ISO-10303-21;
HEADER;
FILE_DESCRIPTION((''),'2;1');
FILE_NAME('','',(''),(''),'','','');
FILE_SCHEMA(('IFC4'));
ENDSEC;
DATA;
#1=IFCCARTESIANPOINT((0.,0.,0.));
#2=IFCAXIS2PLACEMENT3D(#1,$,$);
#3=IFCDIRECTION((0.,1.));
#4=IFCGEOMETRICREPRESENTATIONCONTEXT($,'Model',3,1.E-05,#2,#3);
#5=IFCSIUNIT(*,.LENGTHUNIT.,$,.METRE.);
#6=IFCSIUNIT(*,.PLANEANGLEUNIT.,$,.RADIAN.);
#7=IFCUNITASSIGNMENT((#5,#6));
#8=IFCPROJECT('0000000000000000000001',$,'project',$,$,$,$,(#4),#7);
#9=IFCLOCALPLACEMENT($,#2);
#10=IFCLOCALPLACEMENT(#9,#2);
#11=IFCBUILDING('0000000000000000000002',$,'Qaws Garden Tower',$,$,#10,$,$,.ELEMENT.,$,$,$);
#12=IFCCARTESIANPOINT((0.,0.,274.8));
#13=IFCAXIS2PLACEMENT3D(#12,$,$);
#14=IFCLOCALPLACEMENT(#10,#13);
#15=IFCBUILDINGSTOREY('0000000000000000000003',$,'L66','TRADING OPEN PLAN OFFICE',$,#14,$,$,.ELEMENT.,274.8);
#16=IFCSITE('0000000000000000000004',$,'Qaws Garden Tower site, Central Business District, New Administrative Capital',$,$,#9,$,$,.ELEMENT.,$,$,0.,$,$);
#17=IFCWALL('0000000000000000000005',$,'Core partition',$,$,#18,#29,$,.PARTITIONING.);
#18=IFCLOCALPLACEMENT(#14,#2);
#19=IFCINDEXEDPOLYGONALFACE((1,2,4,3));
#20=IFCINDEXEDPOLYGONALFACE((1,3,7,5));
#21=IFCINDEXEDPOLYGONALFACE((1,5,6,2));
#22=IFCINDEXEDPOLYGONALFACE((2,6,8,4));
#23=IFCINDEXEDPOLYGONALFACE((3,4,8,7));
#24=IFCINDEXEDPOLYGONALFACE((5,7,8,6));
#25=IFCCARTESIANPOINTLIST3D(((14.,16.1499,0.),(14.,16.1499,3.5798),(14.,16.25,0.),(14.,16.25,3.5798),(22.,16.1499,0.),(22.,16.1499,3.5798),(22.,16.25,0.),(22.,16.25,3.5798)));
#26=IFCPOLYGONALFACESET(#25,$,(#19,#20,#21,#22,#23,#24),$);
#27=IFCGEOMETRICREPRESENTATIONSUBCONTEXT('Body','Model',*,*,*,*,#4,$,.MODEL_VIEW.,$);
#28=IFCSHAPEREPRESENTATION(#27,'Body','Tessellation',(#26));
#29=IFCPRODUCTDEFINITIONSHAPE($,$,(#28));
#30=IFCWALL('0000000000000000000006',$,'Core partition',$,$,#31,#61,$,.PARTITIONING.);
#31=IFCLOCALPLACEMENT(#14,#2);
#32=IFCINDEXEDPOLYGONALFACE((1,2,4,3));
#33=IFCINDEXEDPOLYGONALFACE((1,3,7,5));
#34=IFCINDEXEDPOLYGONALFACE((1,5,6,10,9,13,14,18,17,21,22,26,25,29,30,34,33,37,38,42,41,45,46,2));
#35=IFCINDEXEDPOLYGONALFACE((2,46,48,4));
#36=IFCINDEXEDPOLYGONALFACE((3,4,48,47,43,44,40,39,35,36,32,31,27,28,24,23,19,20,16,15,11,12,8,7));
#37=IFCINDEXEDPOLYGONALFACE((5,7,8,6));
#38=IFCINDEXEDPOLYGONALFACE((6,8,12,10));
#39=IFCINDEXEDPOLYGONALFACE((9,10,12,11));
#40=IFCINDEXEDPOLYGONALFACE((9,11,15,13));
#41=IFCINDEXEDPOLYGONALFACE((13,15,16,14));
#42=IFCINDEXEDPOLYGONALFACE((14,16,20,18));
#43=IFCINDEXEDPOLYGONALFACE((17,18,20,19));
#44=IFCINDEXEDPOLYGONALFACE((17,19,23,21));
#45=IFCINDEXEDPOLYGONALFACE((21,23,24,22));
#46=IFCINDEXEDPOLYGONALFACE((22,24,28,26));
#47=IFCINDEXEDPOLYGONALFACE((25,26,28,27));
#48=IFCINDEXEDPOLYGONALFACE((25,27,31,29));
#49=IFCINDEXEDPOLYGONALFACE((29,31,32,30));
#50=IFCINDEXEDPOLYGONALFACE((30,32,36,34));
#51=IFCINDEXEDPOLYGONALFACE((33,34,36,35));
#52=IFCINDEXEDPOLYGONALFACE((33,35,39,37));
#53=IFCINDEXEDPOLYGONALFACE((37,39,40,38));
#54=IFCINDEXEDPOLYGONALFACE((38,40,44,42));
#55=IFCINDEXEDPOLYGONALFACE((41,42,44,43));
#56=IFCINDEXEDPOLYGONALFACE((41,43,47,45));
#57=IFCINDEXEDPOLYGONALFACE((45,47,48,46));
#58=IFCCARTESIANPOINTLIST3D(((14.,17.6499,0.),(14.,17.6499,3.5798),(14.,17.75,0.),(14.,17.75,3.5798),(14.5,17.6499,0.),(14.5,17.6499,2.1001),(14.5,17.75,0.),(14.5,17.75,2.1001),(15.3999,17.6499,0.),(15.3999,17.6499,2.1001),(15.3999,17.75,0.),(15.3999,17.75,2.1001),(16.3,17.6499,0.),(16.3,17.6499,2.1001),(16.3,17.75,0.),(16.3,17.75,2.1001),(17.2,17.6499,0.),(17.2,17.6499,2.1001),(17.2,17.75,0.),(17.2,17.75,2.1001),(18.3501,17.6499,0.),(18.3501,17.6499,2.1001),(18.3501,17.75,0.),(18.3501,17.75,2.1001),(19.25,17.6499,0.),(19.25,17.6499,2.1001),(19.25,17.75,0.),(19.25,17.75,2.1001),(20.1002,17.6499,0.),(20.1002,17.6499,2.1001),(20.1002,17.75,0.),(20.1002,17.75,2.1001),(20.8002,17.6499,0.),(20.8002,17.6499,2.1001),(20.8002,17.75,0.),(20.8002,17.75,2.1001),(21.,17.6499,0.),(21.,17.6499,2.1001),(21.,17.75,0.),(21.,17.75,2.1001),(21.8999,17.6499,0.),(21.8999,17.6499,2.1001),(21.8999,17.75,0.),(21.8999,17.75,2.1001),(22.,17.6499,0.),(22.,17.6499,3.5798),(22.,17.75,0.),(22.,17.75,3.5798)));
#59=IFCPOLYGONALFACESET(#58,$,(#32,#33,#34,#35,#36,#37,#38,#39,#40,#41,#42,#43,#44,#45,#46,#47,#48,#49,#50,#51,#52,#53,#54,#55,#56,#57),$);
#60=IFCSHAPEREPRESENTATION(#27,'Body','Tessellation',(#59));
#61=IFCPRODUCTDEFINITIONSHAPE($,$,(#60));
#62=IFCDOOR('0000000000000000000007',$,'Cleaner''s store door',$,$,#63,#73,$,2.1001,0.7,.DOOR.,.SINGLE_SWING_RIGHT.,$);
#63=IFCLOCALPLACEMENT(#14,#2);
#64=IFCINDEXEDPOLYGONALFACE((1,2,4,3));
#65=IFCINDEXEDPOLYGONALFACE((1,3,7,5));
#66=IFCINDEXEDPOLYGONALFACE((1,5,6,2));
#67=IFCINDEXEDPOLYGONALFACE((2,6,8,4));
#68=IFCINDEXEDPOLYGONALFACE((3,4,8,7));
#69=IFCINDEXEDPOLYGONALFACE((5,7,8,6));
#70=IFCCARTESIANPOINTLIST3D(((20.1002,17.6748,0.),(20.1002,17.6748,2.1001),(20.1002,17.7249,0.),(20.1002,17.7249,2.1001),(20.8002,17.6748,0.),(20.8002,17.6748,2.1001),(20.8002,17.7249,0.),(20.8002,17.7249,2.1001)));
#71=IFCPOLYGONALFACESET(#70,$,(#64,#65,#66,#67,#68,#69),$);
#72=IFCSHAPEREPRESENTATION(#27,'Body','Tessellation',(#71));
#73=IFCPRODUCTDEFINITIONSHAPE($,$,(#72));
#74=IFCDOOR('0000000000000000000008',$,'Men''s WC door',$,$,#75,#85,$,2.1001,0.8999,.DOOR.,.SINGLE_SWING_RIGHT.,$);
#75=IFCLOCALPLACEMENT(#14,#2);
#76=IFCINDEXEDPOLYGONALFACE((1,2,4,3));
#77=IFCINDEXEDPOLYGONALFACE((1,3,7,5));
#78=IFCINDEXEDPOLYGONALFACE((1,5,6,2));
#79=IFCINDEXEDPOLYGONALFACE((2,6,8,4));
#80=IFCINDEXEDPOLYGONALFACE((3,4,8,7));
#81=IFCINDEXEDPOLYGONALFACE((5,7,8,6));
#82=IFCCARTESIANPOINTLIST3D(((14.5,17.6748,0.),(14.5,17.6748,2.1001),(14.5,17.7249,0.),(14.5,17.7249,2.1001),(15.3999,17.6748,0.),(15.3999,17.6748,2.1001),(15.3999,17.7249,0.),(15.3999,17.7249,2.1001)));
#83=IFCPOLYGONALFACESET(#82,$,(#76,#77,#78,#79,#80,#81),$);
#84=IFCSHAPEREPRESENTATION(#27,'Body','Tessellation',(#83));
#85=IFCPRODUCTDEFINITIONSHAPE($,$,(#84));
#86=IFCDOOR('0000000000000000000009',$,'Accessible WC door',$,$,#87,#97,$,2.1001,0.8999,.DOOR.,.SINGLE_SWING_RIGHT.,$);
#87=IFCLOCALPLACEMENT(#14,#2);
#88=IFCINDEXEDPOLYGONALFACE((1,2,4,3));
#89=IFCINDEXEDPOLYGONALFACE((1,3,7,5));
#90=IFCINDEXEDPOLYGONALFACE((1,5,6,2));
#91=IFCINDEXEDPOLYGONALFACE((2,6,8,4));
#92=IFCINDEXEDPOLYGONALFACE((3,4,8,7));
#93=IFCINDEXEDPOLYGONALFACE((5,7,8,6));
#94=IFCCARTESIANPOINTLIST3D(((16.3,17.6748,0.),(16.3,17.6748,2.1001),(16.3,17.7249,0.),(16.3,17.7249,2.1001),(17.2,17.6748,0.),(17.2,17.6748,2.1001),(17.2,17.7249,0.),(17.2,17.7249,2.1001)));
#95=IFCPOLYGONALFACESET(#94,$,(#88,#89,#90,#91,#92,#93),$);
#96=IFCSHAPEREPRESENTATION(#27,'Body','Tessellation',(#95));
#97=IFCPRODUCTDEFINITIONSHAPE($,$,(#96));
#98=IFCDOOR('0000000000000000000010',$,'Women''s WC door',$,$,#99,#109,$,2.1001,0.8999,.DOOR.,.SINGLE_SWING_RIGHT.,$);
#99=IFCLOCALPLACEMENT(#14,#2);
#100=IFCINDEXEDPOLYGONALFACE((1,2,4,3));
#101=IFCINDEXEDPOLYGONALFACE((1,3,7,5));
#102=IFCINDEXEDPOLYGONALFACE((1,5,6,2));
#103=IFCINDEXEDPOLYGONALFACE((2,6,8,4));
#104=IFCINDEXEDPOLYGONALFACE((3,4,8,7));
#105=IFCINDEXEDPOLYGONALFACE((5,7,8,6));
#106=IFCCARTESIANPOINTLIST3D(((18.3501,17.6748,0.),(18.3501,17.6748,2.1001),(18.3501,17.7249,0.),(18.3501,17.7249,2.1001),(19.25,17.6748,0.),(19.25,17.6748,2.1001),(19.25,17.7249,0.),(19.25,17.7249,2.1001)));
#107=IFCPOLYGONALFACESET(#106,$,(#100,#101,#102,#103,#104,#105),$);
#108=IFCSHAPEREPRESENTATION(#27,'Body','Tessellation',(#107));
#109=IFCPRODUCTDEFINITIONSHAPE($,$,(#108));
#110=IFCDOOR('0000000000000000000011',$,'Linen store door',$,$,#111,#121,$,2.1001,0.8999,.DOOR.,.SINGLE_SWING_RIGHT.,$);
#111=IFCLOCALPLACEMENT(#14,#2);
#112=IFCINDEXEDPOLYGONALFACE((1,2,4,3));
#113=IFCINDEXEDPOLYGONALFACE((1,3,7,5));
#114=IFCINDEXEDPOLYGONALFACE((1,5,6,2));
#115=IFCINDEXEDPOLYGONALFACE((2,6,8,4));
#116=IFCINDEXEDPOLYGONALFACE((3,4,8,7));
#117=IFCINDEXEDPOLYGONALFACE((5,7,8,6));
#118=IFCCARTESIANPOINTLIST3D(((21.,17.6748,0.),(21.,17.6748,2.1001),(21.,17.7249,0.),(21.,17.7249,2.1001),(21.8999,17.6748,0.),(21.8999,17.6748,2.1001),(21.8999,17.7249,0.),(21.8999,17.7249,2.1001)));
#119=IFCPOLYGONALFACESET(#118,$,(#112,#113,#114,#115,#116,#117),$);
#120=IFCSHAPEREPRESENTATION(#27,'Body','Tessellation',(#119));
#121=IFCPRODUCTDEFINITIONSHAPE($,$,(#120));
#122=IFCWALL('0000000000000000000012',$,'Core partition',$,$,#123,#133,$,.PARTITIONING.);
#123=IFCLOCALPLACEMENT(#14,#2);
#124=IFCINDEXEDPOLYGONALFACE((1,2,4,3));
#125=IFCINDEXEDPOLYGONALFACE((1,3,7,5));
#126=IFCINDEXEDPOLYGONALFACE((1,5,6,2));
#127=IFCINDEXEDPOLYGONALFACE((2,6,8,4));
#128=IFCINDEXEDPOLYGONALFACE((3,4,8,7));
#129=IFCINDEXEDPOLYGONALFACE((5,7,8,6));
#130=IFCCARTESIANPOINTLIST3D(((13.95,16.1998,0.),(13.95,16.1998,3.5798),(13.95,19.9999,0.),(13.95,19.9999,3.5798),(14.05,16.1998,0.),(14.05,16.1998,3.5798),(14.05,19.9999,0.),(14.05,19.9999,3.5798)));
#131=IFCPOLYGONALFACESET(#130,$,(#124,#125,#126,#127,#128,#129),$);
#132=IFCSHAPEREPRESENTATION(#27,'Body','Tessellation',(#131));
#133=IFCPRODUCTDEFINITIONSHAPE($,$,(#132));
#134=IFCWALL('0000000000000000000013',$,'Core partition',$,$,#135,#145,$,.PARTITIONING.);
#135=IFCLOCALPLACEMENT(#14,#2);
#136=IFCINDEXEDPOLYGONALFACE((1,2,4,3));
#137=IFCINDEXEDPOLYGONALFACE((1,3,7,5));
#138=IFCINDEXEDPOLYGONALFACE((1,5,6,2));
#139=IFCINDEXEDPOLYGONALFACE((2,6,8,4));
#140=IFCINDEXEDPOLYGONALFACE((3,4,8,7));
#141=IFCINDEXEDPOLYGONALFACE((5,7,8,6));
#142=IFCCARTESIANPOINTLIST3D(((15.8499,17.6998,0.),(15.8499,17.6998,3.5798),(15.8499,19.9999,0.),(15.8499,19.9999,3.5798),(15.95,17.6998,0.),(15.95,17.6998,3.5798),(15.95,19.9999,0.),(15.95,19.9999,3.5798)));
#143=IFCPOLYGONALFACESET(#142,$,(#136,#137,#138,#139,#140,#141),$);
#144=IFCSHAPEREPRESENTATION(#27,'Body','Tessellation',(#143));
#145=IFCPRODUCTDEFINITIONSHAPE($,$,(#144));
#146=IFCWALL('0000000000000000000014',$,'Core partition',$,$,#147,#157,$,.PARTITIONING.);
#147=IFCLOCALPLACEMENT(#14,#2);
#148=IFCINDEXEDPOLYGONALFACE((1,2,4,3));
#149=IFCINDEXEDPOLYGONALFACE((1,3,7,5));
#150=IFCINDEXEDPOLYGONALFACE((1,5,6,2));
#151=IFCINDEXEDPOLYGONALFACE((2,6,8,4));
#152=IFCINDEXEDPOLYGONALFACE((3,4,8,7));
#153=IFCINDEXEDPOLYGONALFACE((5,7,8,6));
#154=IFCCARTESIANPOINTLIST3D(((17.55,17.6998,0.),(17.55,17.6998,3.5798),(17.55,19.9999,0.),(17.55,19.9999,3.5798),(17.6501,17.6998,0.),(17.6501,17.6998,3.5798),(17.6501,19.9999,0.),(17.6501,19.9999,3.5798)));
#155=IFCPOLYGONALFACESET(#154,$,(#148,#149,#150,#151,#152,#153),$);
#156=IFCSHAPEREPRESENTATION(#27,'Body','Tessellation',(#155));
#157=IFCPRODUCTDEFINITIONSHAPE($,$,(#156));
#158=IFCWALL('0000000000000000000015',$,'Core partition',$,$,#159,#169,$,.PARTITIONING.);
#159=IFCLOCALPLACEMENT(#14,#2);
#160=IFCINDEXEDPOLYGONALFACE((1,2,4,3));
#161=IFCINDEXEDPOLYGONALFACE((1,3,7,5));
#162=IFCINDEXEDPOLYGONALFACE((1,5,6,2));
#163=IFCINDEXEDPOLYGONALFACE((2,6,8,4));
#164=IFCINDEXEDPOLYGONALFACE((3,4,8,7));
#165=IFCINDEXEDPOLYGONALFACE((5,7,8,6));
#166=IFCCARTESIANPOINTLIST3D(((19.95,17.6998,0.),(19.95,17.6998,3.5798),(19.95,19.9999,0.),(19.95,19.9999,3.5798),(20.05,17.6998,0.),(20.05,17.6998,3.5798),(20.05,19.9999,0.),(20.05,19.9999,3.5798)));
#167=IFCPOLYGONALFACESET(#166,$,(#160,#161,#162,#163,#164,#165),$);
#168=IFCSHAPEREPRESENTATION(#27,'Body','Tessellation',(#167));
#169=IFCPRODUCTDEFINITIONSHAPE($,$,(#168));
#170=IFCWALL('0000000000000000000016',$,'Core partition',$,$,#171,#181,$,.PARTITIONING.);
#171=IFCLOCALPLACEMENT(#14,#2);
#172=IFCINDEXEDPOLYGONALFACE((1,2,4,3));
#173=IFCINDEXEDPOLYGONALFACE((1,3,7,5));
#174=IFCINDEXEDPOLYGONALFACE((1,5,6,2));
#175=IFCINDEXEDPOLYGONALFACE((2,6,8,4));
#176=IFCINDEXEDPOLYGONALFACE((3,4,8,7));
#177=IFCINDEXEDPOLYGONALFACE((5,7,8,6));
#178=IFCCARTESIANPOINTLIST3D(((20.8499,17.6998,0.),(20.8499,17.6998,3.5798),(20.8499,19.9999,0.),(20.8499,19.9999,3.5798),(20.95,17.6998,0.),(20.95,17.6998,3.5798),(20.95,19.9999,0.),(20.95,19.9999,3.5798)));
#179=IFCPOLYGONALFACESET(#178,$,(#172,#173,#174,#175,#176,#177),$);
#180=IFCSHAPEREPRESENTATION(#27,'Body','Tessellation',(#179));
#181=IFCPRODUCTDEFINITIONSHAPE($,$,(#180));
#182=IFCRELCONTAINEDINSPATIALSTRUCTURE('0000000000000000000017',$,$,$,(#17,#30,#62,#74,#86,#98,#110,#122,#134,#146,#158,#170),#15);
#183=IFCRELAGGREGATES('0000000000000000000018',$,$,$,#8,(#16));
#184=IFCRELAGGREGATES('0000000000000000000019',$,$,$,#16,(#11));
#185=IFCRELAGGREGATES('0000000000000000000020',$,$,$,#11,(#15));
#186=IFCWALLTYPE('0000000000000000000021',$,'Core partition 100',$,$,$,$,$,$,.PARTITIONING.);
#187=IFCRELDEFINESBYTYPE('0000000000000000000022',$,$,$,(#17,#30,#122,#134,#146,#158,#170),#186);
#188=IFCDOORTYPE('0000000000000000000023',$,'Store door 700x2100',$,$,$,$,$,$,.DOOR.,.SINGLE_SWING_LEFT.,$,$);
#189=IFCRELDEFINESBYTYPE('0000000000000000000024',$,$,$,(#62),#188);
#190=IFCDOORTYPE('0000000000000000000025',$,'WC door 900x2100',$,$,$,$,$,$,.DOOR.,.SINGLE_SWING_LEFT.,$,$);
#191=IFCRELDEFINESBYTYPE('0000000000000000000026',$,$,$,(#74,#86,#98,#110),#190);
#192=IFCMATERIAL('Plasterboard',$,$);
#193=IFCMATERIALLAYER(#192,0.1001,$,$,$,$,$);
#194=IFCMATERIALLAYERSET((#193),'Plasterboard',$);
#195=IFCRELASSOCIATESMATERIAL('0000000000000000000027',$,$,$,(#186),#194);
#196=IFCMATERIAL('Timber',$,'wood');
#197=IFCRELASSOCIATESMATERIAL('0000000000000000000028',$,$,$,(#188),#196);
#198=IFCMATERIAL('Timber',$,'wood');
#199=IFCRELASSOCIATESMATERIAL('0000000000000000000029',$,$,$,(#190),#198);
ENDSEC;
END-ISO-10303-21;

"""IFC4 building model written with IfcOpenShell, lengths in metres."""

from ifc_helpers import new_model, si_unit, direction, frame, frame_2d, origin, place, context, subcontext, project, spatial, rectangle, extrude, material, layer, layer_set, type_object, element, fill, save


model = new_model("IFC4")

# Units and contexts
model_context = context("Model", 3, precision=1e-05, world=origin(), true_north=direction((0.0, 1.0)))
body_context = subcontext(model_context, "Body", "Model", "MODEL_VIEW")
ifc_project = project(units=[si_unit("LENGTHUNIT", "METRE"), si_unit("PLANEANGLEUNIT", "RADIAN")], contexts=[model_context])

# Site, building, storey
site_placement = place(None, origin())
site = spatial("IfcSite", under=ifc_project, at=site_placement, Name="Qaws Garden Tower site, Central Business District, New Administrative Capital", CompositionType="ELEMENT", RefElevation=0.0)
building_placement = place(site_placement, origin())
building = spatial("IfcBuilding", under=site, at=building_placement, Name="Qaws Garden Tower", CompositionType="ELEMENT")
storey_placement = place(building_placement, frame((0.0, 0.0, 274.8)))
storey = spatial("IfcBuildingStorey", under=building, at=storey_placement, Name="L66", Description="TRADING OPEN PLAN OFFICE", CompositionType="ELEMENT", Elevation=274.8)

# Wall
ifc_material_1 = material(Name="Plasterboard")
ifc_layer_1 = layer(ifc_material_1, 0.1001)
ifc_layer_set_1 = layer_set([ifc_layer_1], Name="Plasterboard")
wall_type_1 = type_object("IfcWallType", Name="Core partition 100", PredefinedType="PARTITIONING", material=ifc_layer_set_1)
wall_1_placement = place(storey_placement, frame((14.0, 16.2, 0.0), z_axis=(0.0, 0.0, 1.0), x_axis=(1.0, 0.0, 0.0)))
element("IfcWall", 1, at=wall_1_placement, inside=storey, type_object=wall_type_1, Name="Core partition", PredefinedType="PARTITIONING", context=body_context, shape_type="SweptSolid", body=[
    extrude(rectangle(XDim=8.0, YDim=0.1001, at=frame_2d((4.0, 0.0))), origin(), (0.0, 0.0, 1.0), 3.5798),
])

# Wall, openings, doors
wall_2_placement = place(storey_placement, frame((14.0, 17.7, 0.0), z_axis=(0.0, 0.0, 1.0), x_axis=(1.0, 0.0, 0.0)))
wall_2 = element("IfcWall", 2, at=wall_2_placement, inside=storey, type_object=wall_type_1, Name="Core partition", PredefinedType="PARTITIONING", context=body_context, shape_type="SweptSolid", body=[
    extrude(rectangle(XDim=8.0, YDim=0.1001, at=frame_2d((4.0, 0.0))), origin(), (0.0, 0.0, 1.0), 3.5798),
])
opening_1_placement = place(wall_2_placement, frame((0.5, 0.0, 0.0)))
opening_1 = element("IfcOpeningElement", 3, at=opening_1_placement, cuts=wall_2, PredefinedType="OPENING", context=body_context, shape_type="SweptSolid", body=[
    extrude(rectangle(XDim=0.8999, YDim=2.1001, at=frame_2d((0.45, 1.05))), frame((0.0, 0.0601, 0.0), z_axis=(0.0, -1.0, 0.0), x_axis=(1.0, 0.0, 0.0)), (0.0, 0.0, 1.0), 0.1201),
])
opening_2_placement = place(wall_2_placement, frame((2.3, 0.0, 0.0)))
opening_2 = element("IfcOpeningElement", 4, at=opening_2_placement, cuts=wall_2, PredefinedType="OPENING", context=body_context, shape_type="SweptSolid", body=[
    extrude(rectangle(XDim=0.8999, YDim=2.1001, at=frame_2d((0.45, 1.05))), frame((0.0, 0.0601, 0.0), z_axis=(0.0, -1.0, 0.0), x_axis=(1.0, 0.0, 0.0)), (0.0, 0.0, 1.0), 0.1201),
])
opening_3_placement = place(wall_2_placement, frame((4.3501, 0.0, 0.0)))
opening_3 = element("IfcOpeningElement", 5, at=opening_3_placement, cuts=wall_2, PredefinedType="OPENING", context=body_context, shape_type="SweptSolid", body=[
    extrude(rectangle(XDim=0.8999, YDim=2.1001, at=frame_2d((0.45, 1.05))), frame((0.0, 0.0601, 0.0), z_axis=(0.0, -1.0, 0.0), x_axis=(1.0, 0.0, 0.0)), (0.0, 0.0, 1.0), 0.1201),
])
opening_4_placement = place(wall_2_placement, frame((6.1001, 0.0, 0.0)))
opening_4 = element("IfcOpeningElement", 6, at=opening_4_placement, cuts=wall_2, PredefinedType="OPENING", context=body_context, shape_type="SweptSolid", body=[
    extrude(rectangle(XDim=0.7, YDim=2.1001, at=frame_2d((0.3501, 1.05))), frame((0.0, 0.0601, 0.0), z_axis=(0.0, -1.0, 0.0), x_axis=(1.0, 0.0, 0.0)), (0.0, 0.0, 1.0), 0.1201),
])
opening_5_placement = place(wall_2_placement, frame((7.0, 0.0, 0.0)))
opening_5 = element("IfcOpeningElement", 7, at=opening_5_placement, cuts=wall_2, PredefinedType="OPENING", context=body_context, shape_type="SweptSolid", body=[
    extrude(rectangle(XDim=0.8999, YDim=2.1001, at=frame_2d((0.45, 1.05))), frame((0.0, 0.0601, 0.0), z_axis=(0.0, -1.0, 0.0), x_axis=(1.0, 0.0, 0.0)), (0.0, 0.0, 1.0), 0.1201),
])
ifc_material_2 = material(Name="Timber", Category="wood")
door_type_1 = type_object("IfcDoorType", Name="Store door 700x2100", OperationType="SINGLE_SWING_LEFT", PredefinedType="DOOR", material=ifc_material_2)
door_1_placement = place(opening_4_placement, origin())
door_1 = element("IfcDoor", 8, at=door_1_placement, inside=storey, type_object=door_type_1, Name="Cleaner's store door", OperationType="SINGLE_SWING_RIGHT", OverallHeight=2.1001, OverallWidth=0.7, PredefinedType="DOOR", context=body_context, shape_type="SweptSolid", body=[
    extrude(rectangle(XDim=0.7, YDim=2.1001, at=frame_2d((0.3501, 1.05))), frame((0.0, 0.0249, 0.0), z_axis=(0.0, -1.0, 0.0), x_axis=(1.0, 0.0, 0.0)), (0.0, 0.0, 1.0), 0.05),
])
fill(opening_4, door_1)
ifc_material_3 = material(Name="Timber", Category="wood")
door_type_2 = type_object("IfcDoorType", Name="WC door 900x2100", OperationType="SINGLE_SWING_LEFT", PredefinedType="DOOR", material=ifc_material_3)
door_2_placement = place(opening_1_placement, origin())
door_2 = element("IfcDoor", 9, at=door_2_placement, inside=storey, type_object=door_type_2, Name="Men's WC door", OperationType="SINGLE_SWING_RIGHT", OverallHeight=2.1001, OverallWidth=0.8999, PredefinedType="DOOR", context=body_context, shape_type="SweptSolid", body=[
    extrude(rectangle(XDim=0.8999, YDim=2.1001, at=frame_2d((0.45, 1.05))), frame((0.0, 0.0249, 0.0), z_axis=(0.0, -1.0, 0.0), x_axis=(1.0, 0.0, 0.0)), (0.0, 0.0, 1.0), 0.05),
])
fill(opening_1, door_2)
door_3_placement = place(opening_2_placement, origin())
door_3 = element("IfcDoor", 10, at=door_3_placement, inside=storey, type_object=door_type_2, Name="Accessible WC door", OperationType="SINGLE_SWING_RIGHT", OverallHeight=2.1001, OverallWidth=0.8999, PredefinedType="DOOR", context=body_context, shape_type="SweptSolid", body=[
    extrude(rectangle(XDim=0.8999, YDim=2.1001, at=frame_2d((0.45, 1.05))), frame((0.0, 0.0249, 0.0), z_axis=(0.0, -1.0, 0.0), x_axis=(1.0, 0.0, 0.0)), (0.0, 0.0, 1.0), 0.05),
])
fill(opening_2, door_3)
door_4_placement = place(opening_3_placement, origin())
door_4 = element("IfcDoor", 11, at=door_4_placement, inside=storey, type_object=door_type_2, Name="Women's WC door", OperationType="SINGLE_SWING_RIGHT", OverallHeight=2.1001, OverallWidth=0.8999, PredefinedType="DOOR", context=body_context, shape_type="SweptSolid", body=[
    extrude(rectangle(XDim=0.8999, YDim=2.1001, at=frame_2d((0.45, 1.05))), frame((0.0, 0.0249, 0.0), z_axis=(0.0, -1.0, 0.0), x_axis=(1.0, 0.0, 0.0)), (0.0, 0.0, 1.0), 0.05),
])
fill(opening_3, door_4)
door_5_placement = place(opening_5_placement, origin())
door_5 = element("IfcDoor", 12, at=door_5_placement, inside=storey, type_object=door_type_2, Name="Linen store door", OperationType="SINGLE_SWING_RIGHT", OverallHeight=2.1001, OverallWidth=0.8999, PredefinedType="DOOR", context=body_context, shape_type="SweptSolid", body=[
    extrude(rectangle(XDim=0.8999, YDim=2.1001, at=frame_2d((0.45, 1.05))), frame((0.0, 0.0249, 0.0), z_axis=(0.0, -1.0, 0.0), x_axis=(1.0, 0.0, 0.0)), (0.0, 0.0, 1.0), 0.05),
])
fill(opening_5, door_5)

# Walls
wall_3_placement = place(storey_placement, frame((14.0, 16.2, 0.0), z_axis=(0.0, 0.0, 1.0), x_axis=(0.0, 1.0, 0.0)))
element("IfcWall", 13, at=wall_3_placement, inside=storey, type_object=wall_type_1, Name="Core partition", PredefinedType="PARTITIONING", context=body_context, shape_type="SweptSolid", body=[
    extrude(rectangle(XDim=3.8, YDim=0.1001, at=frame_2d((1.8999, 0.0))), origin(), (0.0, 0.0, 1.0), 3.5798),
])
for number, where, z_axis, x_axis, name in (
    (14, (15.8999, 17.7, 0.0), (0.0, 0.0, 1.0), (0.0, 1.0, 0.0), "Core partition"),
    (15, (17.6001, 17.7, 0.0), (0.0, 0.0, 1.0), (0.0, 1.0, 0.0), "Core partition"),
    (16, (20.0, 17.7, 0.0), (0.0, 0.0, 1.0), (0.0, 1.0, 0.0), "Core partition"),
    (17, (20.8999, 17.7, 0.0), (0.0, 0.0, 1.0), (0.0, 1.0, 0.0), "Core partition"),
):
    element("IfcWall", number, at=place(storey_placement, frame(where, z_axis=z_axis, x_axis=x_axis)), inside=storey, type_object=wall_type_1, Name=name, PredefinedType="PARTITIONING", context=body_context, shape_type="SweptSolid", body=[
        extrude(rectangle(XDim=2.3, YDim=0.1001, at=frame_2d((1.1499, 0.0))), origin(), (0.0, 0.0, 1.0), 3.5798),
    ])

save(model, "model.ifc")
